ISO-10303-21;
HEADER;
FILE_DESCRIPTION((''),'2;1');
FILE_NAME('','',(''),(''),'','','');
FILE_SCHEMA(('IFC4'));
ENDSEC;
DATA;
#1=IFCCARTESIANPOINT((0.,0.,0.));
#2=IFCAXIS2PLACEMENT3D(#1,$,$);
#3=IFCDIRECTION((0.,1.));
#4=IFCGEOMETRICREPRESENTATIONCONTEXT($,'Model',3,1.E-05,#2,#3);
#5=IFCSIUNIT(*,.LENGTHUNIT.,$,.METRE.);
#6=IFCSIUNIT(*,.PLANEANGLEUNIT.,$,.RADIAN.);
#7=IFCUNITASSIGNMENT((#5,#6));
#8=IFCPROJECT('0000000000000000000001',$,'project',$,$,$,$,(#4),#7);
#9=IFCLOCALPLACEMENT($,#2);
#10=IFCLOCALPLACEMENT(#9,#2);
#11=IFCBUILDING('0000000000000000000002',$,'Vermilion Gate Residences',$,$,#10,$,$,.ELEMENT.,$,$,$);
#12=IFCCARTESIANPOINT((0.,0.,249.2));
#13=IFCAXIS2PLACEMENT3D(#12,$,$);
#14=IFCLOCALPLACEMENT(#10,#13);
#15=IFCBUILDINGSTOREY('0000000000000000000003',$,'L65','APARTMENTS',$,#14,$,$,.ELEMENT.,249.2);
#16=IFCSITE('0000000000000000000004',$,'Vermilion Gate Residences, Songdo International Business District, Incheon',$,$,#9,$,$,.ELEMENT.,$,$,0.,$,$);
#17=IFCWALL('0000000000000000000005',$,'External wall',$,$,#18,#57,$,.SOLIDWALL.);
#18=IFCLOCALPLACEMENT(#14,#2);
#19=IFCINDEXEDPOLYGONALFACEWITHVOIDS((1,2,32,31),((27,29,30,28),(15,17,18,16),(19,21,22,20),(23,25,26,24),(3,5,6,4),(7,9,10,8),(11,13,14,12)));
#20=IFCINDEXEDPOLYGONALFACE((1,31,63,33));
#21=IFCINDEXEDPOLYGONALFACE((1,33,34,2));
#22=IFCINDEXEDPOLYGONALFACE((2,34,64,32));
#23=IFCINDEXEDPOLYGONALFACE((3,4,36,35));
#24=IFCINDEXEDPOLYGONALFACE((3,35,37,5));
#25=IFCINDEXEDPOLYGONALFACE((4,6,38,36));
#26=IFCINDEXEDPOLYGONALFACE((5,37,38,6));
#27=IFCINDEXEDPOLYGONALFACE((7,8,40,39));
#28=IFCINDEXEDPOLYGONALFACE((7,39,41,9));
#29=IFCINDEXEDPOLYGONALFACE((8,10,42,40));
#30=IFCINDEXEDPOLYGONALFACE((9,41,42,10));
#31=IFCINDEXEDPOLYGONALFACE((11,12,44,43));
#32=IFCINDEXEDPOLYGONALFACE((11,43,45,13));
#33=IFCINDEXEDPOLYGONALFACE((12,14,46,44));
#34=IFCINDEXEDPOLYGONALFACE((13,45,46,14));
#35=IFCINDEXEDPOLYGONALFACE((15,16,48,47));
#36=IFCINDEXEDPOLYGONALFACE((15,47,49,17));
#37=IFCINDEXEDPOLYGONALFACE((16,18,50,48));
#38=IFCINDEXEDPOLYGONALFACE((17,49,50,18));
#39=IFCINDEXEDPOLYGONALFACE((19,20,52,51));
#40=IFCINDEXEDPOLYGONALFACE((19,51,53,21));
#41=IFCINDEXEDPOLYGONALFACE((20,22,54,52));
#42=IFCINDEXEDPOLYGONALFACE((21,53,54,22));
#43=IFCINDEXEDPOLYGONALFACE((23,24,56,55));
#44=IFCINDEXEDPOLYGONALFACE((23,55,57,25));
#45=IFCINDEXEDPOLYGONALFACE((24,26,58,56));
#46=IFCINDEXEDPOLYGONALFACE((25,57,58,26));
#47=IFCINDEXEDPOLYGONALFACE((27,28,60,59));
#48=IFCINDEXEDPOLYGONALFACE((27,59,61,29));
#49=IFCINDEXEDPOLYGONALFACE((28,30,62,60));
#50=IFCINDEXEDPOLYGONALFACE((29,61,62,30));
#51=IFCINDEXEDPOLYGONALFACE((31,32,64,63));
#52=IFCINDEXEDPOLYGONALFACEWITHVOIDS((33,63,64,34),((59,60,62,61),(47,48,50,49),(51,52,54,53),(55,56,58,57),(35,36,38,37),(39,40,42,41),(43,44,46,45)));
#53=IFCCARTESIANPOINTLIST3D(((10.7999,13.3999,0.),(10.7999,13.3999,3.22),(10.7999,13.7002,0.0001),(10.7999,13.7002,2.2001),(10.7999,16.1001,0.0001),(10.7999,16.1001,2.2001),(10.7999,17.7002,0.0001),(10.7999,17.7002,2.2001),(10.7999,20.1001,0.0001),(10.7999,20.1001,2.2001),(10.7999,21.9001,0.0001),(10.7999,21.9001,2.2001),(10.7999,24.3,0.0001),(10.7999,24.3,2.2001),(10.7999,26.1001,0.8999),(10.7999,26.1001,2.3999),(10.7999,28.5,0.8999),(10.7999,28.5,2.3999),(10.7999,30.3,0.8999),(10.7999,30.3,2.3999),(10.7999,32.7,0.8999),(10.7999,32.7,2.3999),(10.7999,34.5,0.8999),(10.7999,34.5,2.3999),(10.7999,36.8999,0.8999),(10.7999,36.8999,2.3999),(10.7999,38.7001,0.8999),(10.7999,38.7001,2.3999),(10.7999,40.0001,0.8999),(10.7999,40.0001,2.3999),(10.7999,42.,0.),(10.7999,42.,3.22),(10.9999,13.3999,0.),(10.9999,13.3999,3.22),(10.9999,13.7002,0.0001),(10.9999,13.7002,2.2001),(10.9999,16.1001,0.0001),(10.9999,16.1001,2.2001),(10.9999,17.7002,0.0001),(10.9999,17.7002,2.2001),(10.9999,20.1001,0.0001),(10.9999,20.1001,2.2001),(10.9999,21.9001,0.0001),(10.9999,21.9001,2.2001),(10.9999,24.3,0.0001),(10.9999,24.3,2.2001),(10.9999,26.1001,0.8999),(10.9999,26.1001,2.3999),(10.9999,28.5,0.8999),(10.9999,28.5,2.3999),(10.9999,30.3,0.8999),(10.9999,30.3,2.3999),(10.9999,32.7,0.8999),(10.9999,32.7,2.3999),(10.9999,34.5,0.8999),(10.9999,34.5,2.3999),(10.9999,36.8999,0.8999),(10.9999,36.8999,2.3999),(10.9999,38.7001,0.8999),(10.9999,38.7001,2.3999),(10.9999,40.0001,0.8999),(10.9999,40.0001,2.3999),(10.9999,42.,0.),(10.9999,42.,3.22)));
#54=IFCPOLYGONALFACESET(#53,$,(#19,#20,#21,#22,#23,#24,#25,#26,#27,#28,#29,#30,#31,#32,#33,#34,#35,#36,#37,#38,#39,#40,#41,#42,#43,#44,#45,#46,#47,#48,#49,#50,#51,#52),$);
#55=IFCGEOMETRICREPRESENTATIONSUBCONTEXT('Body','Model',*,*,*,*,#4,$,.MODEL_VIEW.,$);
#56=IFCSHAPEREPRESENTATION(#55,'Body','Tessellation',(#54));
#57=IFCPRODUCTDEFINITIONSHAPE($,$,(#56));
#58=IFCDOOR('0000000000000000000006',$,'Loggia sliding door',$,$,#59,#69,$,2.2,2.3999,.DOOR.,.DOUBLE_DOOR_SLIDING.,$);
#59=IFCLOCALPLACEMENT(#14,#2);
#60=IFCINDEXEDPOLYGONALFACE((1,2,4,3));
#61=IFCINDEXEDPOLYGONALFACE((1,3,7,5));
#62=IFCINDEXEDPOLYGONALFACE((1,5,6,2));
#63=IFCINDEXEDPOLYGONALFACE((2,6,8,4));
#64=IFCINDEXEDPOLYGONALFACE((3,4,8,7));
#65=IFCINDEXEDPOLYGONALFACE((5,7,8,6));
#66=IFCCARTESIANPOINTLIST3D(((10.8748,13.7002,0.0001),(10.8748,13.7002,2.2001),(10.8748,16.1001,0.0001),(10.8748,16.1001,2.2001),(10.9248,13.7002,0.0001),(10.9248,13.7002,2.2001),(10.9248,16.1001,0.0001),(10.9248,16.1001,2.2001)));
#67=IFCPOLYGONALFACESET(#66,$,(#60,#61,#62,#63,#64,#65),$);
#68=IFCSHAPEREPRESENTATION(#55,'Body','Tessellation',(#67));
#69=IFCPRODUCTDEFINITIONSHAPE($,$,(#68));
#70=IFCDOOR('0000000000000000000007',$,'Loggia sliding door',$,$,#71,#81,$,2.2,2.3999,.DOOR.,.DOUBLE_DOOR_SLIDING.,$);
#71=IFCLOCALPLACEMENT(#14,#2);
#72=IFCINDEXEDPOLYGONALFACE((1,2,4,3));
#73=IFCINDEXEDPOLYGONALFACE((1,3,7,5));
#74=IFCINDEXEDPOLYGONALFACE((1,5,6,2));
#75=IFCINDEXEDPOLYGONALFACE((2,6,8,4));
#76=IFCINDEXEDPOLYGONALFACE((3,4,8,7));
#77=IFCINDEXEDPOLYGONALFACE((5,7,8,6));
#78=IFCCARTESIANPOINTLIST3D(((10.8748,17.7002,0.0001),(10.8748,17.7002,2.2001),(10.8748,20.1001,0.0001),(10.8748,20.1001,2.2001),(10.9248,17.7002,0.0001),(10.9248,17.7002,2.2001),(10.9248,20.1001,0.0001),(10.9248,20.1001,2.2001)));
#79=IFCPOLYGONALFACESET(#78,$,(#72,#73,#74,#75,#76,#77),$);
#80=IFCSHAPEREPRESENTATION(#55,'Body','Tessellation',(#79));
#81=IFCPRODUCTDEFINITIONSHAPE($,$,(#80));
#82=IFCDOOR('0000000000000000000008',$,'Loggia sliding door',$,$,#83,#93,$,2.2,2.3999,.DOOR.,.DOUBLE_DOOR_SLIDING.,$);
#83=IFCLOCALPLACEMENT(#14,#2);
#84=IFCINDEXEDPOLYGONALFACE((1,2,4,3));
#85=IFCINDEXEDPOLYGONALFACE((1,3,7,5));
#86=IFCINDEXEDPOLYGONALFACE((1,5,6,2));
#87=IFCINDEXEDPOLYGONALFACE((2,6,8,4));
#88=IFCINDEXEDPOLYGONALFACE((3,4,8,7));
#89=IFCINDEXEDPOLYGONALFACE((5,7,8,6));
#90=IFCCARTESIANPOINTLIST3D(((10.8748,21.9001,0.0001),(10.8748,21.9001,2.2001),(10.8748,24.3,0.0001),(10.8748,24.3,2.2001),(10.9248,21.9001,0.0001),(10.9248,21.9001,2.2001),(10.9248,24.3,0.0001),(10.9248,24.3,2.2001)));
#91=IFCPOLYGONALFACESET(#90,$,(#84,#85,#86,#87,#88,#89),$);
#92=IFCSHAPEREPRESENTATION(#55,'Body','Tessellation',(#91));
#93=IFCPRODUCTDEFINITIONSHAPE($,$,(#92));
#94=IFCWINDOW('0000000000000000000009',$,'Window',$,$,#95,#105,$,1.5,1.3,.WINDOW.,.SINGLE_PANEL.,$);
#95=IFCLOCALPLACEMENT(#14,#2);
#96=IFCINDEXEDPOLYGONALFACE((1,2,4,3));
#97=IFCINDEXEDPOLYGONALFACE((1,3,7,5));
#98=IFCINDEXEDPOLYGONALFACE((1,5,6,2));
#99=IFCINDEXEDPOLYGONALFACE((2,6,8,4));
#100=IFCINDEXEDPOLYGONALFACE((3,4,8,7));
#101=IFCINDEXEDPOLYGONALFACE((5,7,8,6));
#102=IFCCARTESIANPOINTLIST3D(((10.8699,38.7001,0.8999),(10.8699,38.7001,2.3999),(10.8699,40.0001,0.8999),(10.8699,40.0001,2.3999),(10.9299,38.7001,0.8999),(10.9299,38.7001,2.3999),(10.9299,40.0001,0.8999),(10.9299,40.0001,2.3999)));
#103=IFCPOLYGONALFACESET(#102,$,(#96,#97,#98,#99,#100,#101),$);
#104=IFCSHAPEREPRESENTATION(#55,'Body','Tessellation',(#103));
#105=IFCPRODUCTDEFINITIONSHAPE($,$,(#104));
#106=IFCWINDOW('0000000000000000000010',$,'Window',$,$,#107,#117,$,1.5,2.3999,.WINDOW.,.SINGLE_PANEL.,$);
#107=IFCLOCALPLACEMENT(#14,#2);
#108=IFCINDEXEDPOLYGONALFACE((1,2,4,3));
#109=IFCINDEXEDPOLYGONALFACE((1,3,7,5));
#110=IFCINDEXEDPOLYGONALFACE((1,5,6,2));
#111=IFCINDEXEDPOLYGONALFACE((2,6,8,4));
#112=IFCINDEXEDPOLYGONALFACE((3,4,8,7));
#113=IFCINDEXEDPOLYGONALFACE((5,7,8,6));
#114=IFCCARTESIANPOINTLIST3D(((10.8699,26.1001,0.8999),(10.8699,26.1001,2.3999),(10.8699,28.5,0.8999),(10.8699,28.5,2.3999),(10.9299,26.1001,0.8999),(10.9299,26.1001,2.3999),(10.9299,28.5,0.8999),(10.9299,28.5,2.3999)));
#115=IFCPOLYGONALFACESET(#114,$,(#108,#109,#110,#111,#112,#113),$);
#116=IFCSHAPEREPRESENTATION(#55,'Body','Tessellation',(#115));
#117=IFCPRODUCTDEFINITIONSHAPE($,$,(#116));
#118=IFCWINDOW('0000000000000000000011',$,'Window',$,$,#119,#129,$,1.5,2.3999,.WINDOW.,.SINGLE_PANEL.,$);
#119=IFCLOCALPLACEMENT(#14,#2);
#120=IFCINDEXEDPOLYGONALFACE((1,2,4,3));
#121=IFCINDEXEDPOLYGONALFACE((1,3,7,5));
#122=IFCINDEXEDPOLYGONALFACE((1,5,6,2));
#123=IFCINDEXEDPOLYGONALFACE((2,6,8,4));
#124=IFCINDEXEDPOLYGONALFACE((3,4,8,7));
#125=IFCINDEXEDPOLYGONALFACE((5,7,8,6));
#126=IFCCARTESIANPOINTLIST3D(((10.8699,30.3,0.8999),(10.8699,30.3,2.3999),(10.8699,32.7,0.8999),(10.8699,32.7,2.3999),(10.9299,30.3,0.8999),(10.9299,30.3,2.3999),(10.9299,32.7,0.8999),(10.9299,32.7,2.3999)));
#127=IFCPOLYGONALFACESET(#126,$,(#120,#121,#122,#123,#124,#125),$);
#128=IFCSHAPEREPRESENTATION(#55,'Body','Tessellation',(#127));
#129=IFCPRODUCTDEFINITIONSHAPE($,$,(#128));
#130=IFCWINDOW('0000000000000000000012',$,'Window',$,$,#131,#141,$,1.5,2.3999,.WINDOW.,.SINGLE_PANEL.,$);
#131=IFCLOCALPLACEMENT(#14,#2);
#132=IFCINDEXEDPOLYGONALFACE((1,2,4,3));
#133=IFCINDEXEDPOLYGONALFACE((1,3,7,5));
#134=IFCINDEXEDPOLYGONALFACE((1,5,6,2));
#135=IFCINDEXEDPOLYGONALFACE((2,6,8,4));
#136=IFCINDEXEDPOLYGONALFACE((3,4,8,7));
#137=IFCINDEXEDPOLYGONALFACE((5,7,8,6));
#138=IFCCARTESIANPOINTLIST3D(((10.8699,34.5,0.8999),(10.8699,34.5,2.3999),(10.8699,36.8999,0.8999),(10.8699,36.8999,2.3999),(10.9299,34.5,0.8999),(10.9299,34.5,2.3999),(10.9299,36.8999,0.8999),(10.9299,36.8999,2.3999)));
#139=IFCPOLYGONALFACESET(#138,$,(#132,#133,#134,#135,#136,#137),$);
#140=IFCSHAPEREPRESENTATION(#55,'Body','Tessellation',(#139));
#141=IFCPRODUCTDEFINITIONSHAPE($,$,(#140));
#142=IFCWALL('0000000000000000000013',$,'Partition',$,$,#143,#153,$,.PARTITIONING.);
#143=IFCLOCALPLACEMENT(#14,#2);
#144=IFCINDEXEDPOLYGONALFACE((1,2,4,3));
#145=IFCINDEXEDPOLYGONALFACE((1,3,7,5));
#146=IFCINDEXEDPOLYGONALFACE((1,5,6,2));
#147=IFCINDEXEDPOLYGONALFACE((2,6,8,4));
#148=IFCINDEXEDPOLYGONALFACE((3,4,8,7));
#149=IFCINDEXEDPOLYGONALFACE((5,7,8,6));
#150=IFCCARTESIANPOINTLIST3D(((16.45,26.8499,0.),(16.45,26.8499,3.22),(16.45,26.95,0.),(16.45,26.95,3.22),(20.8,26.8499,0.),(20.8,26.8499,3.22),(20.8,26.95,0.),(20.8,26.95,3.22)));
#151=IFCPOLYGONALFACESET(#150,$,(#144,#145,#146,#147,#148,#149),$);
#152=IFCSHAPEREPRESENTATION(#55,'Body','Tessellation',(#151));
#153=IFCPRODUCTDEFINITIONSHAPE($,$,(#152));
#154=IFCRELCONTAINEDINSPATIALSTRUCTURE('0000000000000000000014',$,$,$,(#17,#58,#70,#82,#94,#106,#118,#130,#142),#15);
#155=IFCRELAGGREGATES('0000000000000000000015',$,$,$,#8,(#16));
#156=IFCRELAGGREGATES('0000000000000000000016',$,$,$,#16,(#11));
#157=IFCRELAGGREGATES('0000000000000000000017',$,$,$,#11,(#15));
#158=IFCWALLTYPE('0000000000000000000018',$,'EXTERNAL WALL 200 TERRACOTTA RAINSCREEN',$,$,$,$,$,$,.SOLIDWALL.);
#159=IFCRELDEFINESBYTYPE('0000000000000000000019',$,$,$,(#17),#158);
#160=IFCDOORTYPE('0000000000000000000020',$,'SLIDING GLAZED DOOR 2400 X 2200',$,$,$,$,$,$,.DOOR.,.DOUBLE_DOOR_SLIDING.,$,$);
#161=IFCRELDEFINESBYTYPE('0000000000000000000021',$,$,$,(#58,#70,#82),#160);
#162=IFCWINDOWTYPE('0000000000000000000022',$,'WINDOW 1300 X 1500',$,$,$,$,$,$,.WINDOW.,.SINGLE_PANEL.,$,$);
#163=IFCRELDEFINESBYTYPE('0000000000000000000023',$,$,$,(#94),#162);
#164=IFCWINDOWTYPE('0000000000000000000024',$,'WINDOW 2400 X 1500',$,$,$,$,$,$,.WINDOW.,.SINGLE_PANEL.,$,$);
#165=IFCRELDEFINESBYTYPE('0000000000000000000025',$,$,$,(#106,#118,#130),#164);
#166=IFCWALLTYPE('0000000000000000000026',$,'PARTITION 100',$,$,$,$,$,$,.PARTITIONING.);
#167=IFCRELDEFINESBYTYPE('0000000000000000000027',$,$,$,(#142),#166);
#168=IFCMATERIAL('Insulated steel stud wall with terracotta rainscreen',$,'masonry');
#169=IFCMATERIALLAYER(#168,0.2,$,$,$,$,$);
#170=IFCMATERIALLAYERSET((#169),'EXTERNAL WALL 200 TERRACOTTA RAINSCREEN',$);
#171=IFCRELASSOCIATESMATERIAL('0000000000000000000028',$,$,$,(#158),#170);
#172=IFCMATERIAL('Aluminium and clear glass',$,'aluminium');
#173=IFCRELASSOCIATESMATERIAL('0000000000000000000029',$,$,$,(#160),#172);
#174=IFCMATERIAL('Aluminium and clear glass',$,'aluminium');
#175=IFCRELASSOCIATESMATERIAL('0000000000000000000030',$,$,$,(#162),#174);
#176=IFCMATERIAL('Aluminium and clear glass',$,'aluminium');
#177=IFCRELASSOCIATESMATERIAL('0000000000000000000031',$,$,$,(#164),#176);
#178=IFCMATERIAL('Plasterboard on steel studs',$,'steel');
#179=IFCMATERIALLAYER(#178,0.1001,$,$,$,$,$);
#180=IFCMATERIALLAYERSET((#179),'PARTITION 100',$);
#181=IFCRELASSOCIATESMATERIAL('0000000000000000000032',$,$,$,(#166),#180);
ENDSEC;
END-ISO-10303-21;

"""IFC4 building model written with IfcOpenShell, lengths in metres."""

from ifc_helpers import new_model, si_unit, direction, frame, frame_2d, origin, place, context, subcontext, project, spatial, rectangle, extrude, material, layer, layer_set, type_object, element, fill, save


model = new_model("IFC4")

# Units and contexts
model_context = context("Model", 3, precision=1e-05, world=origin(), true_north=direction((0.0, 1.0)))
body_context = subcontext(model_context, "Body", "Model", "MODEL_VIEW")
ifc_project = project(units=[si_unit("LENGTHUNIT", "METRE"), si_unit("PLANEANGLEUNIT", "RADIAN")], contexts=[model_context])

# Site, building, storey
site_placement = place(None, origin())
site = spatial("IfcSite", under=ifc_project, at=site_placement, Name="Vermilion Gate Residences, Songdo International Business District, Incheon", CompositionType="ELEMENT", RefElevation=0.0)
building_placement = place(site_placement, origin())
building = spatial("IfcBuilding", under=site, at=building_placement, Name="Vermilion Gate Residences", CompositionType="ELEMENT")
storey_placement = place(building_placement, frame((0.0, 0.0, 249.2)))
storey = spatial("IfcBuildingStorey", under=building, at=storey_placement, Name="L65", Description="APARTMENTS", CompositionType="ELEMENT", Elevation=249.2)

# Wall, openings, doors, windows
ifc_material_1 = material(Name="Insulated steel stud wall with terracotta rainscreen", Category="masonry")
ifc_layer_1 = layer(ifc_material_1, 0.2)
ifc_layer_set_1 = layer_set([ifc_layer_1], Name="EXTERNAL WALL 200 TERRACOTTA RAINSCREEN")
wall_type_1 = type_object("IfcWallType", Name="EXTERNAL WALL 200 TERRACOTTA RAINSCREEN", PredefinedType="SOLIDWALL", material=ifc_layer_set_1)
wall_1_placement = place(storey_placement, frame((10.8999, 42.0, 0.0), z_axis=(0.0, 0.0, 1.0), x_axis=(0.0, -1.0, 0.0)))
wall_1 = element("IfcWall", 1, at=wall_1_placement, inside=storey, type_object=wall_type_1, Name="External wall", PredefinedType="SOLIDWALL", context=body_context, shape_type="SweptSolid", body=[
    extrude(rectangle(XDim=28.6001, YDim=0.2, at=frame_2d((14.3, 0.0))), origin(), (0.0, 0.0, 1.0), 3.22),
])
opening_1_placement = place(wall_1_placement, frame((25.8999, 0.0, 0.0)))
opening_1 = element("IfcOpeningElement", 2, at=opening_1_placement, cuts=wall_1, PredefinedType="OPENING", context=body_context, shape_type="SweptSolid", body=[
    extrude(rectangle(XDim=2.3999, YDim=2.2, at=frame_2d((1.2, 1.1001))), frame((0.0, 0.1099, 0.0), z_axis=(0.0, -1.0, 0.0), x_axis=(1.0, 0.0, 0.0)), (0.0, 0.0, 1.0), 0.22),
])
opening_2_placement = place(wall_1_placement, frame((21.8999, 0.0, 0.0)))
opening_2 = element("IfcOpeningElement", 3, at=opening_2_placement, cuts=wall_1, PredefinedType="OPENING", context=body_context, shape_type="SweptSolid", body=[
    extrude(rectangle(XDim=2.3999, YDim=2.2, at=frame_2d((1.2, 1.1001))), frame((0.0, 0.1099, 0.0), z_axis=(0.0, -1.0, 0.0), x_axis=(1.0, 0.0, 0.0)), (0.0, 0.0, 1.0), 0.22),
])
opening_3_placement = place(wall_1_placement, frame((17.7, 0.0, 0.0)))
opening_3 = element("IfcOpeningElement", 4, at=opening_3_placement, cuts=wall_1, PredefinedType="OPENING", context=body_context, shape_type="SweptSolid", body=[
    extrude(rectangle(XDim=2.3999, YDim=2.2, at=frame_2d((1.2, 1.1001))), frame((0.0, 0.1099, 0.0), z_axis=(0.0, -1.0, 0.0), x_axis=(1.0, 0.0, 0.0)), (0.0, 0.0, 1.0), 0.22),
])
opening_4_placement = place(wall_1_placement, frame((13.5, 0.0, 0.8999)))
opening_4 = element("IfcOpeningElement", 5, at=opening_4_placement, cuts=wall_1, PredefinedType="OPENING", context=body_context, shape_type="SweptSolid", body=[
    extrude(rectangle(XDim=2.3999, YDim=1.5, at=frame_2d((1.2, 0.75))), frame((0.0, 0.1099, 0.0), z_axis=(0.0, -1.0, 0.0), x_axis=(1.0, 0.0, 0.0)), (0.0, 0.0, 1.0), 0.22),
])
opening_5_placement = place(wall_1_placement, frame((9.3, 0.0, 0.8999)))
opening_5 = element("IfcOpeningElement", 6, at=opening_5_placement, cuts=wall_1, PredefinedType="OPENING", context=body_context, shape_type="SweptSolid", body=[
    extrude(rectangle(XDim=2.3999, YDim=1.5, at=frame_2d((1.2, 0.75))), frame((0.0, 0.1099, 0.0), z_axis=(0.0, -1.0, 0.0), x_axis=(1.0, 0.0, 0.0)), (0.0, 0.0, 1.0), 0.22),
])
opening_6_placement = place(wall_1_placement, frame((5.1001, 0.0, 0.8999)))
opening_6 = element("IfcOpeningElement", 7, at=opening_6_placement, cuts=wall_1, PredefinedType="OPENING", context=body_context, shape_type="SweptSolid", body=[
    extrude(rectangle(XDim=2.3999, YDim=1.5, at=frame_2d((1.2, 0.75))), frame((0.0, 0.1099, 0.0), z_axis=(0.0, -1.0, 0.0), x_axis=(1.0, 0.0, 0.0)), (0.0, 0.0, 1.0), 0.22),
])
opening_7_placement = place(wall_1_placement, frame((2.0, 0.0, 0.8999)))
opening_7 = element("IfcOpeningElement", 8, at=opening_7_placement, cuts=wall_1, PredefinedType="OPENING", context=body_context, shape_type="SweptSolid", body=[
    extrude(rectangle(XDim=1.3, YDim=1.5, at=frame_2d((0.6499, 0.75))), frame((0.0, 0.1099, 0.0), z_axis=(0.0, -1.0, 0.0), x_axis=(1.0, 0.0, 0.0)), (0.0, 0.0, 1.0), 0.22),
])
ifc_material_2 = material(Name="Aluminium and clear glass", Category="aluminium")
door_type_1 = type_object("IfcDoorType", Name="SLIDING GLAZED DOOR 2400 X 2200", OperationType="DOUBLE_DOOR_SLIDING", PredefinedType="DOOR", material=ifc_material_2)
door_1_placement = place(opening_1_placement, origin())
door_1 = element("IfcDoor", 9, at=door_1_placement, inside=storey, type_object=door_type_1, Name="Loggia sliding door", OperationType="DOUBLE_DOOR_SLIDING", OverallHeight=2.2, OverallWidth=2.3999, PredefinedType="DOOR", context=body_context, shape_type="SweptSolid", body=[
    extrude(rectangle(XDim=2.3999, YDim=2.2, at=frame_2d((1.2, 1.1001))), frame((0.0, 0.0249, 0.0), z_axis=(0.0, -1.0, 0.0), x_axis=(1.0, 0.0, 0.0)), (0.0, 0.0, 1.0), 0.05),
])
fill(opening_1, door_1)
door_2_placement = place(opening_2_placement, origin())
door_2 = element("IfcDoor", 10, at=door_2_placement, inside=storey, type_object=door_type_1, Name="Loggia sliding door", OperationType="DOUBLE_DOOR_SLIDING", OverallHeight=2.2, OverallWidth=2.3999, PredefinedType="DOOR", context=body_context, shape_type="SweptSolid", body=[
    extrude(rectangle(XDim=2.3999, YDim=2.2, at=frame_2d((1.2, 1.1001))), frame((0.0, 0.0249, 0.0), z_axis=(0.0, -1.0, 0.0), x_axis=(1.0, 0.0, 0.0)), (0.0, 0.0, 1.0), 0.05),
])
fill(opening_2, door_2)
door_3_placement = place(opening_3_placement, origin())
door_3 = element("IfcDoor", 11, at=door_3_placement, inside=storey, type_object=door_type_1, Name="Loggia sliding door", OperationType="DOUBLE_DOOR_SLIDING", OverallHeight=2.2, OverallWidth=2.3999, PredefinedType="DOOR", context=body_context, shape_type="SweptSolid", body=[
    extrude(rectangle(XDim=2.3999, YDim=2.2, at=frame_2d((1.2, 1.1001))), frame((0.0, 0.0249, 0.0), z_axis=(0.0, -1.0, 0.0), x_axis=(1.0, 0.0, 0.0)), (0.0, 0.0, 1.0), 0.05),
])
fill(opening_3, door_3)
ifc_material_3 = material(Name="Aluminium and clear glass", Category="aluminium")
window_type_1 = type_object("IfcWindowType", Name="WINDOW 1300 X 1500", PartitioningType="SINGLE_PANEL", PredefinedType="WINDOW", material=ifc_material_3)
window_1_placement = place(opening_7_placement, origin())
window_1 = element("IfcWindow", 12, at=window_1_placement, inside=storey, type_object=window_type_1, Name="Window", OverallHeight=1.5, OverallWidth=1.3, PartitioningType="SINGLE_PANEL", PredefinedType="WINDOW", context=body_context, shape_type="SweptSolid", body=[
    extrude(rectangle(XDim=1.3, YDim=1.5, at=frame_2d((0.6499, 0.75))), frame((0.0, 0.03, 0.0), z_axis=(0.0, -1.0, 0.0), x_axis=(1.0, 0.0, 0.0)), (0.0, 0.0, 1.0), 0.0601),
])
fill(opening_7, window_1)
ifc_material_4 = material(Name="Aluminium and clear glass", Category="aluminium")
window_type_2 = type_object("IfcWindowType", Name="WINDOW 2400 X 1500", PartitioningType="SINGLE_PANEL", PredefinedType="WINDOW", material=ifc_material_4)
window_2_placement = place(opening_4_placement, origin())
window_2 = element("IfcWindow", 13, at=window_2_placement, inside=storey, type_object=window_type_2, Name="Window", OverallHeight=1.5, OverallWidth=2.3999, PartitioningType="SINGLE_PANEL", PredefinedType="WINDOW", context=body_context, shape_type="SweptSolid", body=[
    extrude(rectangle(XDim=2.3999, YDim=1.5, at=frame_2d((1.2, 0.75))), frame((0.0, 0.03, 0.0), z_axis=(0.0, -1.0, 0.0), x_axis=(1.0, 0.0, 0.0)), (0.0, 0.0, 1.0), 0.0601),
])
fill(opening_4, window_2)
window_3_placement = place(opening_5_placement, origin())
window_3 = element("IfcWindow", 14, at=window_3_placement, inside=storey, type_object=window_type_2, Name="Window", OverallHeight=1.5, OverallWidth=2.3999, PartitioningType="SINGLE_PANEL", PredefinedType="WINDOW", context=body_context, shape_type="SweptSolid", body=[
    extrude(rectangle(XDim=2.3999, YDim=1.5, at=frame_2d((1.2, 0.75))), frame((0.0, 0.03, 0.0), z_axis=(0.0, -1.0, 0.0), x_axis=(1.0, 0.0, 0.0)), (0.0, 0.0, 1.0), 0.0601),
])
fill(opening_5, window_3)
window_4_placement = place(opening_6_placement, origin())
window_4 = element("IfcWindow", 15, at=window_4_placement, inside=storey, type_object=window_type_2, Name="Window", OverallHeight=1.5, OverallWidth=2.3999, PartitioningType="SINGLE_PANEL", PredefinedType="WINDOW", context=body_context, shape_type="SweptSolid", body=[
    extrude(rectangle(XDim=2.3999, YDim=1.5, at=frame_2d((1.2, 0.75))), frame((0.0, 0.03, 0.0), z_axis=(0.0, -1.0, 0.0), x_axis=(1.0, 0.0, 0.0)), (0.0, 0.0, 1.0), 0.0601),
])
fill(opening_6, window_4)

# Wall
ifc_material_5 = material(Name="Plasterboard on steel studs", Category="steel")
ifc_layer_2 = layer(ifc_material_5, 0.1001)
ifc_layer_set_2 = layer_set([ifc_layer_2], Name="PARTITION 100")
wall_type_2 = type_object("IfcWallType", Name="PARTITION 100", PredefinedType="PARTITIONING", material=ifc_layer_set_2)
wall_2_placement = place(storey_placement, frame((16.45, 26.8999, 0.0), z_axis=(0.0, 0.0, 1.0), x_axis=(1.0, 0.0, 0.0)))
element("IfcWall", 16, at=wall_2_placement, inside=storey, type_object=wall_type_2, Name="Partition", PredefinedType="PARTITIONING", context=body_context, shape_type="SweptSolid", body=[
    extrude(rectangle(XDim=4.3501, YDim=0.1001, at=frame_2d((2.175, 0.0))), origin(), (0.0, 0.0, 1.0), 3.22),
])

save(model, "model.ifc")
